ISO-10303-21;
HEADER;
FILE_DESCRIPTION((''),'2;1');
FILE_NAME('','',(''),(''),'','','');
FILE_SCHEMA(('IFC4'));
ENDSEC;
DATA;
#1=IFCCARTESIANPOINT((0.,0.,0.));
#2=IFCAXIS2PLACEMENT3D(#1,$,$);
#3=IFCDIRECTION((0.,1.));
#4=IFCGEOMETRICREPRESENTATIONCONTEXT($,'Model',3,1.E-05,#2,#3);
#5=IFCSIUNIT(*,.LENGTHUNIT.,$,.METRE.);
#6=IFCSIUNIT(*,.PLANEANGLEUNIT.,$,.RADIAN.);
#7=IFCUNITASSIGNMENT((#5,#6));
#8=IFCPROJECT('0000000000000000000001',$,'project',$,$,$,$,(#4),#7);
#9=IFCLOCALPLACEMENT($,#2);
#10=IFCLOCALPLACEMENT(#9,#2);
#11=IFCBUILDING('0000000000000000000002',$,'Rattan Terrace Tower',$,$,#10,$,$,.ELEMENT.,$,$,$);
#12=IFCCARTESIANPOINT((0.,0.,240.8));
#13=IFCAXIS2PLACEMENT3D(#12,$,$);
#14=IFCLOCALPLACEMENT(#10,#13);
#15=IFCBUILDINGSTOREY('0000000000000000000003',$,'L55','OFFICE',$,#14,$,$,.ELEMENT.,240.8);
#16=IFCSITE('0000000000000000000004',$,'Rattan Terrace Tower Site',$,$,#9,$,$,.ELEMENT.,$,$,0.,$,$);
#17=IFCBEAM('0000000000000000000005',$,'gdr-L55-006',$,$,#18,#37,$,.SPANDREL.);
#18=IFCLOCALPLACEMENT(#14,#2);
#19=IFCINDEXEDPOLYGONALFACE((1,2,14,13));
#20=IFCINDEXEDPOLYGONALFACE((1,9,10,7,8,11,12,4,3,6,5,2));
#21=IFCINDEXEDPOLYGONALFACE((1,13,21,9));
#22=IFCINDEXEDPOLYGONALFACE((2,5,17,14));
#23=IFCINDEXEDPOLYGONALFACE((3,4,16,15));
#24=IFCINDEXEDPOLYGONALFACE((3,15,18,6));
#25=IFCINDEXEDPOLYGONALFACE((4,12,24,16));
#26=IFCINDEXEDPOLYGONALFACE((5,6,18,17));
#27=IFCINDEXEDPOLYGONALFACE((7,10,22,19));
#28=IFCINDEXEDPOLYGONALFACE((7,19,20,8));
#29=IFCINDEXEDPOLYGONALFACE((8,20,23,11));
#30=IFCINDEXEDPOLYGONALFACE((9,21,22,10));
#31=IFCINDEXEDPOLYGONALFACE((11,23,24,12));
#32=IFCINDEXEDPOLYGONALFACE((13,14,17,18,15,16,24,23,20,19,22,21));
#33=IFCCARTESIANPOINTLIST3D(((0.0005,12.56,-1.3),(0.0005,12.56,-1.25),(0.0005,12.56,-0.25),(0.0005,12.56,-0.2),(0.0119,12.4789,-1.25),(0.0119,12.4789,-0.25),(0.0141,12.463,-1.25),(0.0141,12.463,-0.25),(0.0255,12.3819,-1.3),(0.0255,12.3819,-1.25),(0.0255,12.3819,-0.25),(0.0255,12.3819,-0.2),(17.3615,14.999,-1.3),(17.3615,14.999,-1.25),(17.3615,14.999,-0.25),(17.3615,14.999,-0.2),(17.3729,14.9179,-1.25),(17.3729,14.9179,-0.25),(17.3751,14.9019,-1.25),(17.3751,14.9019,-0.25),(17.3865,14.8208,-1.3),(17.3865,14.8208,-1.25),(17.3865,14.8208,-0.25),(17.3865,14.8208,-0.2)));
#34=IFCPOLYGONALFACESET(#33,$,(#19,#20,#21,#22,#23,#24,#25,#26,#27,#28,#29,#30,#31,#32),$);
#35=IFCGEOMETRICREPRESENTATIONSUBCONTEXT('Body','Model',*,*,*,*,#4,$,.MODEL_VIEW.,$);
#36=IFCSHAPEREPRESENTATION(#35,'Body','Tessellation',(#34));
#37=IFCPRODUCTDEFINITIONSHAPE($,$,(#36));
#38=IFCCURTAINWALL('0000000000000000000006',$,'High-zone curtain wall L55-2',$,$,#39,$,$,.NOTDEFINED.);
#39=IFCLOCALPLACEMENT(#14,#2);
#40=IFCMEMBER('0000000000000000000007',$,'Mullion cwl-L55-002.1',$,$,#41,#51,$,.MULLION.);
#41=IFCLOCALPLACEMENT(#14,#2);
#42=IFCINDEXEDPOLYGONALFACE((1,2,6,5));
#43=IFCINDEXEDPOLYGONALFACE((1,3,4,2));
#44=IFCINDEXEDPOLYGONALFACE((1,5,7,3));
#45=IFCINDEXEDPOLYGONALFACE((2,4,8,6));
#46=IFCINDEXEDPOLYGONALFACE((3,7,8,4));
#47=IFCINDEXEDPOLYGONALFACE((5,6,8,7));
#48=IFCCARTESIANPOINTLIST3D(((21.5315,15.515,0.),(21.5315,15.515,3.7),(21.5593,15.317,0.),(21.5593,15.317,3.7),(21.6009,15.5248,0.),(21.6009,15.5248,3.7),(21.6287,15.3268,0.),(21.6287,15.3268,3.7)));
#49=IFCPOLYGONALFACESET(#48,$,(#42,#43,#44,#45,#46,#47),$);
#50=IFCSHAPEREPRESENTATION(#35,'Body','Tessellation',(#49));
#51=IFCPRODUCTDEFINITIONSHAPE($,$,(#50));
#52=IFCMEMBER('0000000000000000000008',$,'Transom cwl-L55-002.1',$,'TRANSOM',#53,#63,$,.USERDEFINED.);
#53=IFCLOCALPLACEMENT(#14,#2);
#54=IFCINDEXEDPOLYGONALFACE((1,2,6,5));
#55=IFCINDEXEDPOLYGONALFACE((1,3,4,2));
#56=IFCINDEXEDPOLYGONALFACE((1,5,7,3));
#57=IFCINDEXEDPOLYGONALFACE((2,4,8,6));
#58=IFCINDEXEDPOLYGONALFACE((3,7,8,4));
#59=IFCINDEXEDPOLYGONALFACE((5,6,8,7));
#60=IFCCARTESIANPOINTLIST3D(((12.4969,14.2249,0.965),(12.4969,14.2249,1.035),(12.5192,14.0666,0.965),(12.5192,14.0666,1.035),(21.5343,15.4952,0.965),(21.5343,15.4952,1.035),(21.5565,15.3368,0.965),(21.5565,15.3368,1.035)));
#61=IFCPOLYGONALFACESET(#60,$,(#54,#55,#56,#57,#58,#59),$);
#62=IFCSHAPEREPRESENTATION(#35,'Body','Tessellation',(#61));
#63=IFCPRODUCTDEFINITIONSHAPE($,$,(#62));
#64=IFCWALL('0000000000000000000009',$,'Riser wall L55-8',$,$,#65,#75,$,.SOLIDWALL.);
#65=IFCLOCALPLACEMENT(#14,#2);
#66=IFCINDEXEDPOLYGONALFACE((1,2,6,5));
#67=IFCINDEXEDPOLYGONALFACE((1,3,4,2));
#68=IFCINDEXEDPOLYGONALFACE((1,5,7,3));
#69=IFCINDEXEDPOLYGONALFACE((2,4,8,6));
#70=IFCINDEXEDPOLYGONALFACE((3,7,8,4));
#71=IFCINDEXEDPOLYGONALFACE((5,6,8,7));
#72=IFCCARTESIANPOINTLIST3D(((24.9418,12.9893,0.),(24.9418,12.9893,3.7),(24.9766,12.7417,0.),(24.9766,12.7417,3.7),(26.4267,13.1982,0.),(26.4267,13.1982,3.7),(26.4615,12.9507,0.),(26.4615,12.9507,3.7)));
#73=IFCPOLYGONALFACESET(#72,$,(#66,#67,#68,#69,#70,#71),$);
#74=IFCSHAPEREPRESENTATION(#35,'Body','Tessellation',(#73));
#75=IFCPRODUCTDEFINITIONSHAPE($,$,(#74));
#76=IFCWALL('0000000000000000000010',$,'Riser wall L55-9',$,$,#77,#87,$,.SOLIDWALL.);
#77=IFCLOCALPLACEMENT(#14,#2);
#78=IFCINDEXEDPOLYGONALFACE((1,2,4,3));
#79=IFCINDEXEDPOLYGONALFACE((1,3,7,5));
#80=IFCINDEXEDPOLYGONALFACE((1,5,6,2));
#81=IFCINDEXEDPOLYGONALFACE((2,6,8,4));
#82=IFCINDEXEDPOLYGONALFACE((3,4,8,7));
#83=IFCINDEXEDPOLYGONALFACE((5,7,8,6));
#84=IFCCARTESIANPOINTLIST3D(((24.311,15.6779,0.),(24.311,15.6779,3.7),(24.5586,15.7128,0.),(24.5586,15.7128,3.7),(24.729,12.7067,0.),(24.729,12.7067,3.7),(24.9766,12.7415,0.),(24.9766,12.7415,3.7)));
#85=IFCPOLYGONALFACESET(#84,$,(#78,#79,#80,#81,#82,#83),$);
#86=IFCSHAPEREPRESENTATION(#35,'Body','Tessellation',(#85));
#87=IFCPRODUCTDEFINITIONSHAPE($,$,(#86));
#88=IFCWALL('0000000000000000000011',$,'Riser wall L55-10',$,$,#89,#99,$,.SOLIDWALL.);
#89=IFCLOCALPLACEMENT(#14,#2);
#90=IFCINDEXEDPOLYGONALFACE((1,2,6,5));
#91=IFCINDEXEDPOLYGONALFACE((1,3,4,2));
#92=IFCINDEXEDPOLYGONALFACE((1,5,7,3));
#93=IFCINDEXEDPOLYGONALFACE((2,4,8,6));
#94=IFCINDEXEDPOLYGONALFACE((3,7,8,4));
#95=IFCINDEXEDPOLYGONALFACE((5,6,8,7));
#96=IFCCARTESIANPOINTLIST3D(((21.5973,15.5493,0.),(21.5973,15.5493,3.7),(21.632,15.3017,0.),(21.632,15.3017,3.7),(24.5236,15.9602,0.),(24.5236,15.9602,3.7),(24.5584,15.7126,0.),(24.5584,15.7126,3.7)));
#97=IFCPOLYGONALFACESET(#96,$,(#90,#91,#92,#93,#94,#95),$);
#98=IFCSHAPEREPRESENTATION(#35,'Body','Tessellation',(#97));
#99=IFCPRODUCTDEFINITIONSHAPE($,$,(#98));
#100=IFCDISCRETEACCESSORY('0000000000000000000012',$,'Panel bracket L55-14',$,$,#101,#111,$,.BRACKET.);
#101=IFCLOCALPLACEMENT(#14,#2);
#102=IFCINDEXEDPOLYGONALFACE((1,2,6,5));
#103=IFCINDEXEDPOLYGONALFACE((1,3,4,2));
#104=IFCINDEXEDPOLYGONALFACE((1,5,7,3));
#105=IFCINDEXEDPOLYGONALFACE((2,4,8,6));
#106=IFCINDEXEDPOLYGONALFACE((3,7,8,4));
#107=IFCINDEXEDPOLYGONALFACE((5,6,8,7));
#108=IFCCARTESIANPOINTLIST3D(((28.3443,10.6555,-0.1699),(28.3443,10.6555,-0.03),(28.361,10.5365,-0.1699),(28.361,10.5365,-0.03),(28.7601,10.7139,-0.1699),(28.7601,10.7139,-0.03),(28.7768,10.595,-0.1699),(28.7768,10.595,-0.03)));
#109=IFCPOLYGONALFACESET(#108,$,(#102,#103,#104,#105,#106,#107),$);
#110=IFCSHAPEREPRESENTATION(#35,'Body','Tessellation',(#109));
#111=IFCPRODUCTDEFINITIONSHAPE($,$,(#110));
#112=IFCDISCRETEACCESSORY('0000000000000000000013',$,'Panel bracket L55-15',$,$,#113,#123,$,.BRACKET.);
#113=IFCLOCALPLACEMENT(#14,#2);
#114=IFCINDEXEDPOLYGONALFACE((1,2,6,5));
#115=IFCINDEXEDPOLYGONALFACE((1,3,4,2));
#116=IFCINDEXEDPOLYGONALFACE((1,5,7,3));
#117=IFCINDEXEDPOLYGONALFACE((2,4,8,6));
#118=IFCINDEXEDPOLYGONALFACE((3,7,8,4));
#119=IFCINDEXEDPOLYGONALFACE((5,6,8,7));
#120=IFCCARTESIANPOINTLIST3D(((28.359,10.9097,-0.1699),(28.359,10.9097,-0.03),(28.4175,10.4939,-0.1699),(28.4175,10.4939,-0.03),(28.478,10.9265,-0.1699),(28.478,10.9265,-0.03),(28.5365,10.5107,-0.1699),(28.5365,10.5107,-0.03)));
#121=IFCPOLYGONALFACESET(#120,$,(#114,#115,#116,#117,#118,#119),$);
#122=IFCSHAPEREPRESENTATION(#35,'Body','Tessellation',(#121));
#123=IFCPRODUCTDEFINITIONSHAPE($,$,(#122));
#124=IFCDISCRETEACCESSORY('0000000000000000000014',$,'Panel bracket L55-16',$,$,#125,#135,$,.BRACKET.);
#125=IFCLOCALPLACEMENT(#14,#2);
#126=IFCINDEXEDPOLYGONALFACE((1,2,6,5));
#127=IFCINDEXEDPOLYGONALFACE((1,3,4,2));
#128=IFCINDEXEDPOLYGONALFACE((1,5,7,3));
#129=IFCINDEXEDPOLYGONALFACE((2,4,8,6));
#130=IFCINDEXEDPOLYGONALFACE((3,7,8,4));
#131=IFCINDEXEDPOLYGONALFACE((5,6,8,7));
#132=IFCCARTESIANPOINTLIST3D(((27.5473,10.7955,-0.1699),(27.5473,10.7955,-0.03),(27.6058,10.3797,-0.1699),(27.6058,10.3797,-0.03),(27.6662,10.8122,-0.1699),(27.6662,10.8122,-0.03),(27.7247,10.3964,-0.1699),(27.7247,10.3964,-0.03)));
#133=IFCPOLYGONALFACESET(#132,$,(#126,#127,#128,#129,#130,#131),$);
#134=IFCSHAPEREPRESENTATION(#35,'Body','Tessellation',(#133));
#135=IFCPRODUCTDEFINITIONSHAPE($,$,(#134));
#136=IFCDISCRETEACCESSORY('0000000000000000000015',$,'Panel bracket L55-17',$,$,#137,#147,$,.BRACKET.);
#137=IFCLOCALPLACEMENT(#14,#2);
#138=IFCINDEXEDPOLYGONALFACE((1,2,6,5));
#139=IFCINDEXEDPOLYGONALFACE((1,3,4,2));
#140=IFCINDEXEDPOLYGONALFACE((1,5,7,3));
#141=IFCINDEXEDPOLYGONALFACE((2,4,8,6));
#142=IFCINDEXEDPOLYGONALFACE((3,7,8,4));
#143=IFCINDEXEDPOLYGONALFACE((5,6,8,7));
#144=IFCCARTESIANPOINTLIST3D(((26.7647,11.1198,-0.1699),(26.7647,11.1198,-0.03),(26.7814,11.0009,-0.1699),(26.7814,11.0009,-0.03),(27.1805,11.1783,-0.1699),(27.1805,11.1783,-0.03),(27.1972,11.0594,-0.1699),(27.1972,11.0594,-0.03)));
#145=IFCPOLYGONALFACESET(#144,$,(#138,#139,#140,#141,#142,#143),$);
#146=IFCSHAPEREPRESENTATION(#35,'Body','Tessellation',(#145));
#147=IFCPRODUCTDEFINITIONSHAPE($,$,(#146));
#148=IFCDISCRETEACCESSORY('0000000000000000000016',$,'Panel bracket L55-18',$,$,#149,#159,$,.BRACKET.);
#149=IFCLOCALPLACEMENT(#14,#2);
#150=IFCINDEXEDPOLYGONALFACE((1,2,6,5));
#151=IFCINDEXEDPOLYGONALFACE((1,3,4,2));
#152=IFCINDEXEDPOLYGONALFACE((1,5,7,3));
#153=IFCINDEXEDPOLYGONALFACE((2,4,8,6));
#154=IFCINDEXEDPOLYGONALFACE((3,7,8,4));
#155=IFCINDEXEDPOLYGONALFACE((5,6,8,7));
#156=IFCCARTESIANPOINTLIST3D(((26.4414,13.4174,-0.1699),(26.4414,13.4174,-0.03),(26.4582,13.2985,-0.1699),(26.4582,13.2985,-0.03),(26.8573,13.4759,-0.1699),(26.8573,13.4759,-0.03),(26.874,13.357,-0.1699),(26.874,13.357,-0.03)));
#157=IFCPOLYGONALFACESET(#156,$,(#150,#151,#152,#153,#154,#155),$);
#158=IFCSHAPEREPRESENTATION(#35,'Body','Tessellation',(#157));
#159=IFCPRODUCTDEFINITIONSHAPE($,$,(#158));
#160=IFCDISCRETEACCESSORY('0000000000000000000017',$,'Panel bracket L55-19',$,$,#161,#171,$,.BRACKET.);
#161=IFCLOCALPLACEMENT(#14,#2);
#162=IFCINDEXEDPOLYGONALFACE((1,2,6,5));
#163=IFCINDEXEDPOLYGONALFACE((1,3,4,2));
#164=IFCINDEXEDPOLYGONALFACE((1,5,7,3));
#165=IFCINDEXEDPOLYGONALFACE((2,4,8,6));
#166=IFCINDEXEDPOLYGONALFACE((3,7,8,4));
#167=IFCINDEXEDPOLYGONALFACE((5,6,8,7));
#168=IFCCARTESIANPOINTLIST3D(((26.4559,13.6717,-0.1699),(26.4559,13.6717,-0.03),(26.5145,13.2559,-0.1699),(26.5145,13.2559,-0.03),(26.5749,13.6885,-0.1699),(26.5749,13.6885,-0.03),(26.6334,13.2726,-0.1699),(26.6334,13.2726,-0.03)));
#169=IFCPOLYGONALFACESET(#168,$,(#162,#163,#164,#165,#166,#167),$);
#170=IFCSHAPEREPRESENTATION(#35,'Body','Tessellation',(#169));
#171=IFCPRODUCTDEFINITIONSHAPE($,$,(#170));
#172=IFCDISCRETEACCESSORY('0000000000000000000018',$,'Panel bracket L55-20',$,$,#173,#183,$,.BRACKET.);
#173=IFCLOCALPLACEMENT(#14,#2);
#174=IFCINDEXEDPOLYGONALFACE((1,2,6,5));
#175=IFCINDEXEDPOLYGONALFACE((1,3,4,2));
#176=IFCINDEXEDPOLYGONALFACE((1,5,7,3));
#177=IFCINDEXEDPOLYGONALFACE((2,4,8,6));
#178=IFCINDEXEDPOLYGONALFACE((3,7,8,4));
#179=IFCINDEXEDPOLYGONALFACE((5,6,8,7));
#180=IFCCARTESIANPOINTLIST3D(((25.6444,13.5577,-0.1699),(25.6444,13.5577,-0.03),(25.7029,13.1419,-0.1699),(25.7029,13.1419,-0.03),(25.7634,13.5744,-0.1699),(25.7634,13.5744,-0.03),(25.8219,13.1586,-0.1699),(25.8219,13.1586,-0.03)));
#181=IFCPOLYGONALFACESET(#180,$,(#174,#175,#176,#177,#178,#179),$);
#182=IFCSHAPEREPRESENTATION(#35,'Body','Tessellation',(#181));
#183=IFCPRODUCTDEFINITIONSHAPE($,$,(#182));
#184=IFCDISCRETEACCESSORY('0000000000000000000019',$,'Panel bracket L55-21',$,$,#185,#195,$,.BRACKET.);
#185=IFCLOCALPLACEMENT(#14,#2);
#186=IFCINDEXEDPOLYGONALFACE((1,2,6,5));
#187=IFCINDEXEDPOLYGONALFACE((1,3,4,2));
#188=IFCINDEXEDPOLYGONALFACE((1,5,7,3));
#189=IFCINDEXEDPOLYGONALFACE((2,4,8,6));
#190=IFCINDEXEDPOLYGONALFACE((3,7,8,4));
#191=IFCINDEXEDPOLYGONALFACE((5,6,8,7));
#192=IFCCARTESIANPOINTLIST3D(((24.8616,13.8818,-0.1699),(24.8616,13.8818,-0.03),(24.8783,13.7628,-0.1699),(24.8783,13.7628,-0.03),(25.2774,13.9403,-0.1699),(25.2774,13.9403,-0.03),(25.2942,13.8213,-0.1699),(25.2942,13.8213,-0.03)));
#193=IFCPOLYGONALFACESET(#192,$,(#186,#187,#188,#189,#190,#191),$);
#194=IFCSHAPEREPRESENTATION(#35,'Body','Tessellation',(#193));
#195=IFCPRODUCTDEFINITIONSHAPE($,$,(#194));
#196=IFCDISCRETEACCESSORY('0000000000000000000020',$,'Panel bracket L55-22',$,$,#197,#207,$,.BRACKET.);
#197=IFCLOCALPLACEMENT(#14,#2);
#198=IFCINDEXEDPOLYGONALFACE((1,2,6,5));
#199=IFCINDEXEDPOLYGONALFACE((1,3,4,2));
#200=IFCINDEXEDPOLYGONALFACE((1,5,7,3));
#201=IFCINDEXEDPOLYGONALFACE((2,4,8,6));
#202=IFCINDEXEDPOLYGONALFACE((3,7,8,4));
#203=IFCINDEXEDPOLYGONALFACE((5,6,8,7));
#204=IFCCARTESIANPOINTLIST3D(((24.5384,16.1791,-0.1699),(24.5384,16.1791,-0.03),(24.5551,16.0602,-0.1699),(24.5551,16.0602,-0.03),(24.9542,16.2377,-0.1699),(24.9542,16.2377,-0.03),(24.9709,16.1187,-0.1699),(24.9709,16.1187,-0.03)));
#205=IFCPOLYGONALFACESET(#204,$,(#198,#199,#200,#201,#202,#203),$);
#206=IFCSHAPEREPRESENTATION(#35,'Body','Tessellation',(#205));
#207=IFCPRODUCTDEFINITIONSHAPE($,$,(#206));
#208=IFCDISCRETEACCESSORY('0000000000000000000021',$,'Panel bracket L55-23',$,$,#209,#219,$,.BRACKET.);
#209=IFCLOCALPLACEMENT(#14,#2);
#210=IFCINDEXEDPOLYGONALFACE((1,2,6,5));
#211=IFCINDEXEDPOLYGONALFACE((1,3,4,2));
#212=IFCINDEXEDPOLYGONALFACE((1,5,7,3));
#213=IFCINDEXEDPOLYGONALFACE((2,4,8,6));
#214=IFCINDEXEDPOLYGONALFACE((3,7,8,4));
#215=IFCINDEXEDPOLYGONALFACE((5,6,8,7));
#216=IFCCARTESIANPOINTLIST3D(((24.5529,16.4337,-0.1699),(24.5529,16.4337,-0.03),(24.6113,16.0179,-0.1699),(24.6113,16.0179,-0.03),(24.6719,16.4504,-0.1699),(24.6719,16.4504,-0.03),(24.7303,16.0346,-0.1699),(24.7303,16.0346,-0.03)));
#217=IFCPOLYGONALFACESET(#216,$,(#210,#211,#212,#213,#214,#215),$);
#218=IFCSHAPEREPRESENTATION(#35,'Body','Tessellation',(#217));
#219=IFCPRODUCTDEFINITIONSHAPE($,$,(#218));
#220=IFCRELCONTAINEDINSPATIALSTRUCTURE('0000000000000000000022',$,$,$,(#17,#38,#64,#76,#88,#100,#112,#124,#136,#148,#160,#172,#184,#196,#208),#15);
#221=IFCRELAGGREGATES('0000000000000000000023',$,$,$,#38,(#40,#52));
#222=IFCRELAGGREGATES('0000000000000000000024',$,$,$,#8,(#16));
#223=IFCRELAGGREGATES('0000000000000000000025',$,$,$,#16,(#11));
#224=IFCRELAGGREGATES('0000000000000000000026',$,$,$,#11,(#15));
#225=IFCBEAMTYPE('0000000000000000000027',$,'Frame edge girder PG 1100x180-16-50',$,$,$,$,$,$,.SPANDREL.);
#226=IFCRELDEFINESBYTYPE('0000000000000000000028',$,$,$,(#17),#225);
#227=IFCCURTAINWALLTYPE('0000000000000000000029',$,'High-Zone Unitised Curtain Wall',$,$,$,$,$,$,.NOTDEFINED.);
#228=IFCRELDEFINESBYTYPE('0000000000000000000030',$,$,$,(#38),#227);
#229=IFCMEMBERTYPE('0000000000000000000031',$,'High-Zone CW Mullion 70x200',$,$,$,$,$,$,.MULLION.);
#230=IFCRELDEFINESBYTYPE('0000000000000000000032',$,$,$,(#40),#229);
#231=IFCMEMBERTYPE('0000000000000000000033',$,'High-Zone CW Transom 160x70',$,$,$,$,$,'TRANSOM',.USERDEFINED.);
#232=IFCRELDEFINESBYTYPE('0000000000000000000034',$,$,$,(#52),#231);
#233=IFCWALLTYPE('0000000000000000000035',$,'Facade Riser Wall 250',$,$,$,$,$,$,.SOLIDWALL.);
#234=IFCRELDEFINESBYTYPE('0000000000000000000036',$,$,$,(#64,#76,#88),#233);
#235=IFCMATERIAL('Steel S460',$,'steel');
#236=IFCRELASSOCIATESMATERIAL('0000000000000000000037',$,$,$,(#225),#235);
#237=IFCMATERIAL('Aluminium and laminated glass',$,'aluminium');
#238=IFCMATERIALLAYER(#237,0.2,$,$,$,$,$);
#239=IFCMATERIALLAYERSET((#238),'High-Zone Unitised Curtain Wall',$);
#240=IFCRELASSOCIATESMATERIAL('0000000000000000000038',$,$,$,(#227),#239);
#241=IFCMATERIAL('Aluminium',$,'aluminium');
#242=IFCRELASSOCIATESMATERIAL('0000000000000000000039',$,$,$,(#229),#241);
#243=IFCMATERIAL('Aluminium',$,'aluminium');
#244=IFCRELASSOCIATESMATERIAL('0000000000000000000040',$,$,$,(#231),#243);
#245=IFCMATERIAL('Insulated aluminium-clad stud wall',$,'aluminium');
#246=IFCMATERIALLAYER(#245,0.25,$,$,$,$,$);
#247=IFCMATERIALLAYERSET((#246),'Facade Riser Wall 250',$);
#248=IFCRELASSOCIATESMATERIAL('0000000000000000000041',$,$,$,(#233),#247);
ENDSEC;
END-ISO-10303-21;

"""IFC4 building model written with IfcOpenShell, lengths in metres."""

from ifc_helpers import new_model, si_unit, direction, frame, frame_2d, origin, origin_2d, place, context, subcontext, project, spatial, rectangle, i_section, extrude, material, layer, layer_set, material_profile, profile_set, type_object, element, aggregate, save


model = new_model("IFC4")

# Units and contexts
model_context = context("Model", 3, precision=1e-05, world=origin(), true_north=direction((0.0, 1.0)))
body_context = subcontext(model_context, "Body", "Model", "MODEL_VIEW")
ifc_project = project(units=[si_unit("LENGTHUNIT", "METRE"), si_unit("PLANEANGLEUNIT", "RADIAN")], contexts=[model_context])

# Site, building, storey
site_placement = place(None, origin())
site = spatial("IfcSite", under=ifc_project, at=site_placement, Name="Rattan Terrace Tower Site", CompositionType="ELEMENT", RefElevation=0.0)
building_placement = place(site_placement, origin())
building = spatial("IfcBuilding", under=site, at=building_placement, Name="Rattan Terrace Tower", CompositionType="ELEMENT")
storey_placement = place(building_placement, frame((0.0, 0.0, 240.8)))
storey = spatial("IfcBuildingStorey", under=building, at=storey_placement, Name="L55", Description="OFFICE", CompositionType="ELEMENT", Elevation=240.8)

# Beam
ifc_material_1 = material(Name="Steel S460", Category="steel")
ifc_material_profile_1 = material_profile(ifc_material_1, i_section(OverallWidth=0.1799, OverallDepth=1.1001, WebThickness=0.0161, FlangeThickness=0.05, at=origin_2d()), Name="PG 1100x180-16-50")
ifc_profile_set_1 = profile_set([ifc_material_profile_1], Name="Steel S460")
beam_type = type_object("IfcBeamType", Name="Frame edge girder PG 1100x180-16-50", PredefinedType="SPANDREL", material=ifc_profile_set_1)
beam_placement = place(storey_placement, frame((17.374, 14.9099, -0.75), z_axis=(-0.990276, -0.139118, 0.0), x_axis=(0.139118, -0.990276, 0.0)))
element("IfcBeam", 1, at=beam_placement, inside=storey, type_object=beam_type, Name="gdr-L55-006", PredefinedType="SPANDREL", context=body_context, shape_type="SweptSolid", body=[
    extrude(i_section(OverallWidth=0.1799, OverallDepth=1.1001, WebThickness=0.0161, FlangeThickness=0.05, at=origin_2d()), origin(), (0.0, 0.0, 1.0), 17.5315),
])

# Curtain wall, members
ifc_material_2 = material(Name="Aluminium and laminated glass", Category="aluminium")
ifc_layer_1 = layer(ifc_material_2, 0.2)
ifc_layer_set_1 = layer_set([ifc_layer_1], Name="High-Zone Unitised Curtain Wall")
curtain_wall_type = type_object("IfcCurtainWallType", Name="High-Zone Unitised Curtain Wall", PredefinedType="NOTDEFINED", material=ifc_layer_set_1)
curtain_wall_placement = place(storey_placement, origin())
curtain_wall = element("IfcCurtainWall", 2, at=curtain_wall_placement, inside=storey, type_object=curtain_wall_type, Name="High-zone curtain wall L55-2", PredefinedType="NOTDEFINED")
ifc_material_3 = material(Name="Aluminium", Category="aluminium")
ifc_material_profile_2 = material_profile(ifc_material_3, rectangle(XDim=0.0701, YDim=0.2, at=origin_2d()), Name="Aluminium 70x200")
ifc_profile_set_2 = profile_set([ifc_material_profile_2], Name="Aluminium")
member_type_1 = type_object("IfcMemberType", Name="High-Zone CW Mullion 70x200", PredefinedType="MULLION", material=ifc_profile_set_2)
member_1_placement = place(storey_placement, frame((21.5801, 15.4209, 0.0), z_axis=(0.0, 0.0, 1.0), x_axis=(-0.990267, -0.139177, 0.0)))
member_1 = element("IfcMember", 3, at=member_1_placement, type_object=member_type_1, Name="Mullion cwl-L55-002.1", PredefinedType="MULLION", context=body_context, shape_type="SweptSolid", body=[
    extrude(rectangle(XDim=0.0701, YDim=0.2, at=origin_2d()), origin(), (0.0, 0.0, 1.0), 3.7),
])
ifc_material_4 = material(Name="Aluminium", Category="aluminium")
ifc_material_profile_3 = material_profile(ifc_material_4, rectangle(XDim=0.1599, YDim=0.0701, at=origin_2d()), Name="Aluminium 160x70")
ifc_profile_set_3 = profile_set([ifc_material_profile_3], Name="Aluminium")
member_type_2 = type_object("IfcMemberType", Name="High-Zone CW Transom 160x70", ElementType="TRANSOM", PredefinedType="USERDEFINED", material=ifc_profile_set_3)
member_2_placement = place(storey_placement, frame((21.5454, 15.416, 1.0), z_axis=(-0.990266, -0.139189, 0.0), x_axis=(0.139189, -0.990266, 0.0)))
member_2 = element("IfcMember", 4, at=member_2_placement, type_object=member_type_2, Name="Transom cwl-L55-002.1", ObjectType="TRANSOM", PredefinedType="USERDEFINED", context=body_context, shape_type="SweptSolid", body=[
    extrude(rectangle(XDim=0.1599, YDim=0.0701, at=origin_2d()), origin(), (0.0, 0.0, 1.0), 9.1262),
])
aggregate(curtain_wall, [member_1, member_2])

# Walls
ifc_material_5 = material(Name="Insulated aluminium-clad stud wall", Category="aluminium")
ifc_layer_2 = layer(ifc_material_5, 0.25)
ifc_layer_set_2 = layer_set([ifc_layer_2], Name="Facade Riser Wall 250")
wall_type = type_object("IfcWallType", Name="Facade Riser Wall 250", PredefinedType="SOLIDWALL", material=ifc_layer_set_2)
wall_1_placement = place(storey_placement, frame((26.4441, 13.0745, 0.0), z_axis=(0.0, 0.0, 1.0), x_axis=(-0.99024, -0.13937, 0.0)))
element("IfcWall", 5, at=wall_1_placement, inside=storey, type_object=wall_type, Name="Riser wall L55-8", PredefinedType="SOLIDWALL", context=body_context, shape_type="SweptSolid", body=[
    extrude(rectangle(XDim=1.4995, YDim=0.25, at=frame_2d((0.7498, 0.0))), origin(), (0.0, 0.0, 1.0), 3.7),
])
wall_2_placement = place(storey_placement, frame((24.8528, 12.7241, 0.0), z_axis=(0.0, 0.0, 1.0), x_axis=(-0.139302, 0.99025, 0.0)))
element("IfcWall", 6, at=wall_2_placement, inside=storey, type_object=wall_type, Name="Riser wall L55-9", PredefinedType="SOLIDWALL", context=body_context, shape_type="SweptSolid", body=[
    extrude(rectangle(XDim=3.0005, YDim=0.25, at=frame_2d((1.5002, 0.0))), origin(), (0.0, 0.0, 1.0), 3.7),
])
wall_3_placement = place(storey_placement, frame((24.541, 15.8364, 0.0), z_axis=(0.0, 0.0, 1.0), x_axis=(-0.990285, -0.13905, 0.0)))
element("IfcWall", 7, at=wall_3_placement, inside=storey, type_object=wall_type, Name="Riser wall L55-10", PredefinedType="SOLIDWALL", context=body_context, shape_type="SweptSolid", body=[
    extrude(rectangle(XDim=2.9551, YDim=0.25, at=frame_2d((1.4775, 0.0))), origin(), (0.0, 0.0, 1.0), 3.7),
])

# Discrete accessories
for number, where, z_axis, x_axis, name in (
    (8, (28.5605, 10.6252, -0.1699), (0.0, 0.0, 1.0), (-0.139186, 0.990266, 0.0), "Panel bracket L55-14"),
    (9, (28.4478, 10.7102, -0.1699), (0.0, 0.0, 1.0), (-0.990241, -0.139367, 0.0), "Panel bracket L55-15"),
    (10, (27.636, 10.5959, -0.1699), (0.0, 0.0, 1.0), (-0.990241, -0.139367, 0.0), "Panel bracket L55-16"),
    (11, (26.981, 11.0896, -0.1699), (0.0, 0.0, 1.0), (-0.139321, 0.990247, 0.0), "Panel bracket L55-17"),
    (12, (26.6577, 13.3872, -0.1699), (0.0, 0.0, 1.0), (-0.139321, 0.990247, 0.0), "Panel bracket L55-18"),
    (13, (26.5447, 13.4722, -0.1699), (0.0, 0.0, 1.0), (-0.990241, -0.139367, 0.0), "Panel bracket L55-19"),
    (14, (25.7332, 13.3582, -0.1699), (0.0, 0.0, 1.0), (-0.990241, -0.139367, 0.0), "Panel bracket L55-20"),
    (15, (25.0779, 13.8516, -0.1699), (0.0, 0.0, 1.0), (-0.139321, 0.990247, 0.0), "Panel bracket L55-21"),
    (16, (24.7546, 16.1489, -0.1699), (0.0, 0.0, 1.0), (-0.139321, 0.990247, 0.0), "Panel bracket L55-22"),
    (17, (24.6416, 16.2341, -0.1699), (0.0, 0.0, 1.0), (-0.990293, -0.138994, 0.0), "Panel bracket L55-23"),
):
    element("IfcDiscreteAccessory", number, at=place(storey_placement, frame(where, z_axis=z_axis, x_axis=x_axis)), inside=storey, Name=name, PredefinedType="BRACKET", context=body_context, shape_type="SweptSolid", body=[
        extrude(rectangle(XDim=0.1201, YDim=0.4199, at=origin_2d()), origin(), (0.0, 0.0, 1.0), 0.1399),
    ])

save(model, "model.ifc")
